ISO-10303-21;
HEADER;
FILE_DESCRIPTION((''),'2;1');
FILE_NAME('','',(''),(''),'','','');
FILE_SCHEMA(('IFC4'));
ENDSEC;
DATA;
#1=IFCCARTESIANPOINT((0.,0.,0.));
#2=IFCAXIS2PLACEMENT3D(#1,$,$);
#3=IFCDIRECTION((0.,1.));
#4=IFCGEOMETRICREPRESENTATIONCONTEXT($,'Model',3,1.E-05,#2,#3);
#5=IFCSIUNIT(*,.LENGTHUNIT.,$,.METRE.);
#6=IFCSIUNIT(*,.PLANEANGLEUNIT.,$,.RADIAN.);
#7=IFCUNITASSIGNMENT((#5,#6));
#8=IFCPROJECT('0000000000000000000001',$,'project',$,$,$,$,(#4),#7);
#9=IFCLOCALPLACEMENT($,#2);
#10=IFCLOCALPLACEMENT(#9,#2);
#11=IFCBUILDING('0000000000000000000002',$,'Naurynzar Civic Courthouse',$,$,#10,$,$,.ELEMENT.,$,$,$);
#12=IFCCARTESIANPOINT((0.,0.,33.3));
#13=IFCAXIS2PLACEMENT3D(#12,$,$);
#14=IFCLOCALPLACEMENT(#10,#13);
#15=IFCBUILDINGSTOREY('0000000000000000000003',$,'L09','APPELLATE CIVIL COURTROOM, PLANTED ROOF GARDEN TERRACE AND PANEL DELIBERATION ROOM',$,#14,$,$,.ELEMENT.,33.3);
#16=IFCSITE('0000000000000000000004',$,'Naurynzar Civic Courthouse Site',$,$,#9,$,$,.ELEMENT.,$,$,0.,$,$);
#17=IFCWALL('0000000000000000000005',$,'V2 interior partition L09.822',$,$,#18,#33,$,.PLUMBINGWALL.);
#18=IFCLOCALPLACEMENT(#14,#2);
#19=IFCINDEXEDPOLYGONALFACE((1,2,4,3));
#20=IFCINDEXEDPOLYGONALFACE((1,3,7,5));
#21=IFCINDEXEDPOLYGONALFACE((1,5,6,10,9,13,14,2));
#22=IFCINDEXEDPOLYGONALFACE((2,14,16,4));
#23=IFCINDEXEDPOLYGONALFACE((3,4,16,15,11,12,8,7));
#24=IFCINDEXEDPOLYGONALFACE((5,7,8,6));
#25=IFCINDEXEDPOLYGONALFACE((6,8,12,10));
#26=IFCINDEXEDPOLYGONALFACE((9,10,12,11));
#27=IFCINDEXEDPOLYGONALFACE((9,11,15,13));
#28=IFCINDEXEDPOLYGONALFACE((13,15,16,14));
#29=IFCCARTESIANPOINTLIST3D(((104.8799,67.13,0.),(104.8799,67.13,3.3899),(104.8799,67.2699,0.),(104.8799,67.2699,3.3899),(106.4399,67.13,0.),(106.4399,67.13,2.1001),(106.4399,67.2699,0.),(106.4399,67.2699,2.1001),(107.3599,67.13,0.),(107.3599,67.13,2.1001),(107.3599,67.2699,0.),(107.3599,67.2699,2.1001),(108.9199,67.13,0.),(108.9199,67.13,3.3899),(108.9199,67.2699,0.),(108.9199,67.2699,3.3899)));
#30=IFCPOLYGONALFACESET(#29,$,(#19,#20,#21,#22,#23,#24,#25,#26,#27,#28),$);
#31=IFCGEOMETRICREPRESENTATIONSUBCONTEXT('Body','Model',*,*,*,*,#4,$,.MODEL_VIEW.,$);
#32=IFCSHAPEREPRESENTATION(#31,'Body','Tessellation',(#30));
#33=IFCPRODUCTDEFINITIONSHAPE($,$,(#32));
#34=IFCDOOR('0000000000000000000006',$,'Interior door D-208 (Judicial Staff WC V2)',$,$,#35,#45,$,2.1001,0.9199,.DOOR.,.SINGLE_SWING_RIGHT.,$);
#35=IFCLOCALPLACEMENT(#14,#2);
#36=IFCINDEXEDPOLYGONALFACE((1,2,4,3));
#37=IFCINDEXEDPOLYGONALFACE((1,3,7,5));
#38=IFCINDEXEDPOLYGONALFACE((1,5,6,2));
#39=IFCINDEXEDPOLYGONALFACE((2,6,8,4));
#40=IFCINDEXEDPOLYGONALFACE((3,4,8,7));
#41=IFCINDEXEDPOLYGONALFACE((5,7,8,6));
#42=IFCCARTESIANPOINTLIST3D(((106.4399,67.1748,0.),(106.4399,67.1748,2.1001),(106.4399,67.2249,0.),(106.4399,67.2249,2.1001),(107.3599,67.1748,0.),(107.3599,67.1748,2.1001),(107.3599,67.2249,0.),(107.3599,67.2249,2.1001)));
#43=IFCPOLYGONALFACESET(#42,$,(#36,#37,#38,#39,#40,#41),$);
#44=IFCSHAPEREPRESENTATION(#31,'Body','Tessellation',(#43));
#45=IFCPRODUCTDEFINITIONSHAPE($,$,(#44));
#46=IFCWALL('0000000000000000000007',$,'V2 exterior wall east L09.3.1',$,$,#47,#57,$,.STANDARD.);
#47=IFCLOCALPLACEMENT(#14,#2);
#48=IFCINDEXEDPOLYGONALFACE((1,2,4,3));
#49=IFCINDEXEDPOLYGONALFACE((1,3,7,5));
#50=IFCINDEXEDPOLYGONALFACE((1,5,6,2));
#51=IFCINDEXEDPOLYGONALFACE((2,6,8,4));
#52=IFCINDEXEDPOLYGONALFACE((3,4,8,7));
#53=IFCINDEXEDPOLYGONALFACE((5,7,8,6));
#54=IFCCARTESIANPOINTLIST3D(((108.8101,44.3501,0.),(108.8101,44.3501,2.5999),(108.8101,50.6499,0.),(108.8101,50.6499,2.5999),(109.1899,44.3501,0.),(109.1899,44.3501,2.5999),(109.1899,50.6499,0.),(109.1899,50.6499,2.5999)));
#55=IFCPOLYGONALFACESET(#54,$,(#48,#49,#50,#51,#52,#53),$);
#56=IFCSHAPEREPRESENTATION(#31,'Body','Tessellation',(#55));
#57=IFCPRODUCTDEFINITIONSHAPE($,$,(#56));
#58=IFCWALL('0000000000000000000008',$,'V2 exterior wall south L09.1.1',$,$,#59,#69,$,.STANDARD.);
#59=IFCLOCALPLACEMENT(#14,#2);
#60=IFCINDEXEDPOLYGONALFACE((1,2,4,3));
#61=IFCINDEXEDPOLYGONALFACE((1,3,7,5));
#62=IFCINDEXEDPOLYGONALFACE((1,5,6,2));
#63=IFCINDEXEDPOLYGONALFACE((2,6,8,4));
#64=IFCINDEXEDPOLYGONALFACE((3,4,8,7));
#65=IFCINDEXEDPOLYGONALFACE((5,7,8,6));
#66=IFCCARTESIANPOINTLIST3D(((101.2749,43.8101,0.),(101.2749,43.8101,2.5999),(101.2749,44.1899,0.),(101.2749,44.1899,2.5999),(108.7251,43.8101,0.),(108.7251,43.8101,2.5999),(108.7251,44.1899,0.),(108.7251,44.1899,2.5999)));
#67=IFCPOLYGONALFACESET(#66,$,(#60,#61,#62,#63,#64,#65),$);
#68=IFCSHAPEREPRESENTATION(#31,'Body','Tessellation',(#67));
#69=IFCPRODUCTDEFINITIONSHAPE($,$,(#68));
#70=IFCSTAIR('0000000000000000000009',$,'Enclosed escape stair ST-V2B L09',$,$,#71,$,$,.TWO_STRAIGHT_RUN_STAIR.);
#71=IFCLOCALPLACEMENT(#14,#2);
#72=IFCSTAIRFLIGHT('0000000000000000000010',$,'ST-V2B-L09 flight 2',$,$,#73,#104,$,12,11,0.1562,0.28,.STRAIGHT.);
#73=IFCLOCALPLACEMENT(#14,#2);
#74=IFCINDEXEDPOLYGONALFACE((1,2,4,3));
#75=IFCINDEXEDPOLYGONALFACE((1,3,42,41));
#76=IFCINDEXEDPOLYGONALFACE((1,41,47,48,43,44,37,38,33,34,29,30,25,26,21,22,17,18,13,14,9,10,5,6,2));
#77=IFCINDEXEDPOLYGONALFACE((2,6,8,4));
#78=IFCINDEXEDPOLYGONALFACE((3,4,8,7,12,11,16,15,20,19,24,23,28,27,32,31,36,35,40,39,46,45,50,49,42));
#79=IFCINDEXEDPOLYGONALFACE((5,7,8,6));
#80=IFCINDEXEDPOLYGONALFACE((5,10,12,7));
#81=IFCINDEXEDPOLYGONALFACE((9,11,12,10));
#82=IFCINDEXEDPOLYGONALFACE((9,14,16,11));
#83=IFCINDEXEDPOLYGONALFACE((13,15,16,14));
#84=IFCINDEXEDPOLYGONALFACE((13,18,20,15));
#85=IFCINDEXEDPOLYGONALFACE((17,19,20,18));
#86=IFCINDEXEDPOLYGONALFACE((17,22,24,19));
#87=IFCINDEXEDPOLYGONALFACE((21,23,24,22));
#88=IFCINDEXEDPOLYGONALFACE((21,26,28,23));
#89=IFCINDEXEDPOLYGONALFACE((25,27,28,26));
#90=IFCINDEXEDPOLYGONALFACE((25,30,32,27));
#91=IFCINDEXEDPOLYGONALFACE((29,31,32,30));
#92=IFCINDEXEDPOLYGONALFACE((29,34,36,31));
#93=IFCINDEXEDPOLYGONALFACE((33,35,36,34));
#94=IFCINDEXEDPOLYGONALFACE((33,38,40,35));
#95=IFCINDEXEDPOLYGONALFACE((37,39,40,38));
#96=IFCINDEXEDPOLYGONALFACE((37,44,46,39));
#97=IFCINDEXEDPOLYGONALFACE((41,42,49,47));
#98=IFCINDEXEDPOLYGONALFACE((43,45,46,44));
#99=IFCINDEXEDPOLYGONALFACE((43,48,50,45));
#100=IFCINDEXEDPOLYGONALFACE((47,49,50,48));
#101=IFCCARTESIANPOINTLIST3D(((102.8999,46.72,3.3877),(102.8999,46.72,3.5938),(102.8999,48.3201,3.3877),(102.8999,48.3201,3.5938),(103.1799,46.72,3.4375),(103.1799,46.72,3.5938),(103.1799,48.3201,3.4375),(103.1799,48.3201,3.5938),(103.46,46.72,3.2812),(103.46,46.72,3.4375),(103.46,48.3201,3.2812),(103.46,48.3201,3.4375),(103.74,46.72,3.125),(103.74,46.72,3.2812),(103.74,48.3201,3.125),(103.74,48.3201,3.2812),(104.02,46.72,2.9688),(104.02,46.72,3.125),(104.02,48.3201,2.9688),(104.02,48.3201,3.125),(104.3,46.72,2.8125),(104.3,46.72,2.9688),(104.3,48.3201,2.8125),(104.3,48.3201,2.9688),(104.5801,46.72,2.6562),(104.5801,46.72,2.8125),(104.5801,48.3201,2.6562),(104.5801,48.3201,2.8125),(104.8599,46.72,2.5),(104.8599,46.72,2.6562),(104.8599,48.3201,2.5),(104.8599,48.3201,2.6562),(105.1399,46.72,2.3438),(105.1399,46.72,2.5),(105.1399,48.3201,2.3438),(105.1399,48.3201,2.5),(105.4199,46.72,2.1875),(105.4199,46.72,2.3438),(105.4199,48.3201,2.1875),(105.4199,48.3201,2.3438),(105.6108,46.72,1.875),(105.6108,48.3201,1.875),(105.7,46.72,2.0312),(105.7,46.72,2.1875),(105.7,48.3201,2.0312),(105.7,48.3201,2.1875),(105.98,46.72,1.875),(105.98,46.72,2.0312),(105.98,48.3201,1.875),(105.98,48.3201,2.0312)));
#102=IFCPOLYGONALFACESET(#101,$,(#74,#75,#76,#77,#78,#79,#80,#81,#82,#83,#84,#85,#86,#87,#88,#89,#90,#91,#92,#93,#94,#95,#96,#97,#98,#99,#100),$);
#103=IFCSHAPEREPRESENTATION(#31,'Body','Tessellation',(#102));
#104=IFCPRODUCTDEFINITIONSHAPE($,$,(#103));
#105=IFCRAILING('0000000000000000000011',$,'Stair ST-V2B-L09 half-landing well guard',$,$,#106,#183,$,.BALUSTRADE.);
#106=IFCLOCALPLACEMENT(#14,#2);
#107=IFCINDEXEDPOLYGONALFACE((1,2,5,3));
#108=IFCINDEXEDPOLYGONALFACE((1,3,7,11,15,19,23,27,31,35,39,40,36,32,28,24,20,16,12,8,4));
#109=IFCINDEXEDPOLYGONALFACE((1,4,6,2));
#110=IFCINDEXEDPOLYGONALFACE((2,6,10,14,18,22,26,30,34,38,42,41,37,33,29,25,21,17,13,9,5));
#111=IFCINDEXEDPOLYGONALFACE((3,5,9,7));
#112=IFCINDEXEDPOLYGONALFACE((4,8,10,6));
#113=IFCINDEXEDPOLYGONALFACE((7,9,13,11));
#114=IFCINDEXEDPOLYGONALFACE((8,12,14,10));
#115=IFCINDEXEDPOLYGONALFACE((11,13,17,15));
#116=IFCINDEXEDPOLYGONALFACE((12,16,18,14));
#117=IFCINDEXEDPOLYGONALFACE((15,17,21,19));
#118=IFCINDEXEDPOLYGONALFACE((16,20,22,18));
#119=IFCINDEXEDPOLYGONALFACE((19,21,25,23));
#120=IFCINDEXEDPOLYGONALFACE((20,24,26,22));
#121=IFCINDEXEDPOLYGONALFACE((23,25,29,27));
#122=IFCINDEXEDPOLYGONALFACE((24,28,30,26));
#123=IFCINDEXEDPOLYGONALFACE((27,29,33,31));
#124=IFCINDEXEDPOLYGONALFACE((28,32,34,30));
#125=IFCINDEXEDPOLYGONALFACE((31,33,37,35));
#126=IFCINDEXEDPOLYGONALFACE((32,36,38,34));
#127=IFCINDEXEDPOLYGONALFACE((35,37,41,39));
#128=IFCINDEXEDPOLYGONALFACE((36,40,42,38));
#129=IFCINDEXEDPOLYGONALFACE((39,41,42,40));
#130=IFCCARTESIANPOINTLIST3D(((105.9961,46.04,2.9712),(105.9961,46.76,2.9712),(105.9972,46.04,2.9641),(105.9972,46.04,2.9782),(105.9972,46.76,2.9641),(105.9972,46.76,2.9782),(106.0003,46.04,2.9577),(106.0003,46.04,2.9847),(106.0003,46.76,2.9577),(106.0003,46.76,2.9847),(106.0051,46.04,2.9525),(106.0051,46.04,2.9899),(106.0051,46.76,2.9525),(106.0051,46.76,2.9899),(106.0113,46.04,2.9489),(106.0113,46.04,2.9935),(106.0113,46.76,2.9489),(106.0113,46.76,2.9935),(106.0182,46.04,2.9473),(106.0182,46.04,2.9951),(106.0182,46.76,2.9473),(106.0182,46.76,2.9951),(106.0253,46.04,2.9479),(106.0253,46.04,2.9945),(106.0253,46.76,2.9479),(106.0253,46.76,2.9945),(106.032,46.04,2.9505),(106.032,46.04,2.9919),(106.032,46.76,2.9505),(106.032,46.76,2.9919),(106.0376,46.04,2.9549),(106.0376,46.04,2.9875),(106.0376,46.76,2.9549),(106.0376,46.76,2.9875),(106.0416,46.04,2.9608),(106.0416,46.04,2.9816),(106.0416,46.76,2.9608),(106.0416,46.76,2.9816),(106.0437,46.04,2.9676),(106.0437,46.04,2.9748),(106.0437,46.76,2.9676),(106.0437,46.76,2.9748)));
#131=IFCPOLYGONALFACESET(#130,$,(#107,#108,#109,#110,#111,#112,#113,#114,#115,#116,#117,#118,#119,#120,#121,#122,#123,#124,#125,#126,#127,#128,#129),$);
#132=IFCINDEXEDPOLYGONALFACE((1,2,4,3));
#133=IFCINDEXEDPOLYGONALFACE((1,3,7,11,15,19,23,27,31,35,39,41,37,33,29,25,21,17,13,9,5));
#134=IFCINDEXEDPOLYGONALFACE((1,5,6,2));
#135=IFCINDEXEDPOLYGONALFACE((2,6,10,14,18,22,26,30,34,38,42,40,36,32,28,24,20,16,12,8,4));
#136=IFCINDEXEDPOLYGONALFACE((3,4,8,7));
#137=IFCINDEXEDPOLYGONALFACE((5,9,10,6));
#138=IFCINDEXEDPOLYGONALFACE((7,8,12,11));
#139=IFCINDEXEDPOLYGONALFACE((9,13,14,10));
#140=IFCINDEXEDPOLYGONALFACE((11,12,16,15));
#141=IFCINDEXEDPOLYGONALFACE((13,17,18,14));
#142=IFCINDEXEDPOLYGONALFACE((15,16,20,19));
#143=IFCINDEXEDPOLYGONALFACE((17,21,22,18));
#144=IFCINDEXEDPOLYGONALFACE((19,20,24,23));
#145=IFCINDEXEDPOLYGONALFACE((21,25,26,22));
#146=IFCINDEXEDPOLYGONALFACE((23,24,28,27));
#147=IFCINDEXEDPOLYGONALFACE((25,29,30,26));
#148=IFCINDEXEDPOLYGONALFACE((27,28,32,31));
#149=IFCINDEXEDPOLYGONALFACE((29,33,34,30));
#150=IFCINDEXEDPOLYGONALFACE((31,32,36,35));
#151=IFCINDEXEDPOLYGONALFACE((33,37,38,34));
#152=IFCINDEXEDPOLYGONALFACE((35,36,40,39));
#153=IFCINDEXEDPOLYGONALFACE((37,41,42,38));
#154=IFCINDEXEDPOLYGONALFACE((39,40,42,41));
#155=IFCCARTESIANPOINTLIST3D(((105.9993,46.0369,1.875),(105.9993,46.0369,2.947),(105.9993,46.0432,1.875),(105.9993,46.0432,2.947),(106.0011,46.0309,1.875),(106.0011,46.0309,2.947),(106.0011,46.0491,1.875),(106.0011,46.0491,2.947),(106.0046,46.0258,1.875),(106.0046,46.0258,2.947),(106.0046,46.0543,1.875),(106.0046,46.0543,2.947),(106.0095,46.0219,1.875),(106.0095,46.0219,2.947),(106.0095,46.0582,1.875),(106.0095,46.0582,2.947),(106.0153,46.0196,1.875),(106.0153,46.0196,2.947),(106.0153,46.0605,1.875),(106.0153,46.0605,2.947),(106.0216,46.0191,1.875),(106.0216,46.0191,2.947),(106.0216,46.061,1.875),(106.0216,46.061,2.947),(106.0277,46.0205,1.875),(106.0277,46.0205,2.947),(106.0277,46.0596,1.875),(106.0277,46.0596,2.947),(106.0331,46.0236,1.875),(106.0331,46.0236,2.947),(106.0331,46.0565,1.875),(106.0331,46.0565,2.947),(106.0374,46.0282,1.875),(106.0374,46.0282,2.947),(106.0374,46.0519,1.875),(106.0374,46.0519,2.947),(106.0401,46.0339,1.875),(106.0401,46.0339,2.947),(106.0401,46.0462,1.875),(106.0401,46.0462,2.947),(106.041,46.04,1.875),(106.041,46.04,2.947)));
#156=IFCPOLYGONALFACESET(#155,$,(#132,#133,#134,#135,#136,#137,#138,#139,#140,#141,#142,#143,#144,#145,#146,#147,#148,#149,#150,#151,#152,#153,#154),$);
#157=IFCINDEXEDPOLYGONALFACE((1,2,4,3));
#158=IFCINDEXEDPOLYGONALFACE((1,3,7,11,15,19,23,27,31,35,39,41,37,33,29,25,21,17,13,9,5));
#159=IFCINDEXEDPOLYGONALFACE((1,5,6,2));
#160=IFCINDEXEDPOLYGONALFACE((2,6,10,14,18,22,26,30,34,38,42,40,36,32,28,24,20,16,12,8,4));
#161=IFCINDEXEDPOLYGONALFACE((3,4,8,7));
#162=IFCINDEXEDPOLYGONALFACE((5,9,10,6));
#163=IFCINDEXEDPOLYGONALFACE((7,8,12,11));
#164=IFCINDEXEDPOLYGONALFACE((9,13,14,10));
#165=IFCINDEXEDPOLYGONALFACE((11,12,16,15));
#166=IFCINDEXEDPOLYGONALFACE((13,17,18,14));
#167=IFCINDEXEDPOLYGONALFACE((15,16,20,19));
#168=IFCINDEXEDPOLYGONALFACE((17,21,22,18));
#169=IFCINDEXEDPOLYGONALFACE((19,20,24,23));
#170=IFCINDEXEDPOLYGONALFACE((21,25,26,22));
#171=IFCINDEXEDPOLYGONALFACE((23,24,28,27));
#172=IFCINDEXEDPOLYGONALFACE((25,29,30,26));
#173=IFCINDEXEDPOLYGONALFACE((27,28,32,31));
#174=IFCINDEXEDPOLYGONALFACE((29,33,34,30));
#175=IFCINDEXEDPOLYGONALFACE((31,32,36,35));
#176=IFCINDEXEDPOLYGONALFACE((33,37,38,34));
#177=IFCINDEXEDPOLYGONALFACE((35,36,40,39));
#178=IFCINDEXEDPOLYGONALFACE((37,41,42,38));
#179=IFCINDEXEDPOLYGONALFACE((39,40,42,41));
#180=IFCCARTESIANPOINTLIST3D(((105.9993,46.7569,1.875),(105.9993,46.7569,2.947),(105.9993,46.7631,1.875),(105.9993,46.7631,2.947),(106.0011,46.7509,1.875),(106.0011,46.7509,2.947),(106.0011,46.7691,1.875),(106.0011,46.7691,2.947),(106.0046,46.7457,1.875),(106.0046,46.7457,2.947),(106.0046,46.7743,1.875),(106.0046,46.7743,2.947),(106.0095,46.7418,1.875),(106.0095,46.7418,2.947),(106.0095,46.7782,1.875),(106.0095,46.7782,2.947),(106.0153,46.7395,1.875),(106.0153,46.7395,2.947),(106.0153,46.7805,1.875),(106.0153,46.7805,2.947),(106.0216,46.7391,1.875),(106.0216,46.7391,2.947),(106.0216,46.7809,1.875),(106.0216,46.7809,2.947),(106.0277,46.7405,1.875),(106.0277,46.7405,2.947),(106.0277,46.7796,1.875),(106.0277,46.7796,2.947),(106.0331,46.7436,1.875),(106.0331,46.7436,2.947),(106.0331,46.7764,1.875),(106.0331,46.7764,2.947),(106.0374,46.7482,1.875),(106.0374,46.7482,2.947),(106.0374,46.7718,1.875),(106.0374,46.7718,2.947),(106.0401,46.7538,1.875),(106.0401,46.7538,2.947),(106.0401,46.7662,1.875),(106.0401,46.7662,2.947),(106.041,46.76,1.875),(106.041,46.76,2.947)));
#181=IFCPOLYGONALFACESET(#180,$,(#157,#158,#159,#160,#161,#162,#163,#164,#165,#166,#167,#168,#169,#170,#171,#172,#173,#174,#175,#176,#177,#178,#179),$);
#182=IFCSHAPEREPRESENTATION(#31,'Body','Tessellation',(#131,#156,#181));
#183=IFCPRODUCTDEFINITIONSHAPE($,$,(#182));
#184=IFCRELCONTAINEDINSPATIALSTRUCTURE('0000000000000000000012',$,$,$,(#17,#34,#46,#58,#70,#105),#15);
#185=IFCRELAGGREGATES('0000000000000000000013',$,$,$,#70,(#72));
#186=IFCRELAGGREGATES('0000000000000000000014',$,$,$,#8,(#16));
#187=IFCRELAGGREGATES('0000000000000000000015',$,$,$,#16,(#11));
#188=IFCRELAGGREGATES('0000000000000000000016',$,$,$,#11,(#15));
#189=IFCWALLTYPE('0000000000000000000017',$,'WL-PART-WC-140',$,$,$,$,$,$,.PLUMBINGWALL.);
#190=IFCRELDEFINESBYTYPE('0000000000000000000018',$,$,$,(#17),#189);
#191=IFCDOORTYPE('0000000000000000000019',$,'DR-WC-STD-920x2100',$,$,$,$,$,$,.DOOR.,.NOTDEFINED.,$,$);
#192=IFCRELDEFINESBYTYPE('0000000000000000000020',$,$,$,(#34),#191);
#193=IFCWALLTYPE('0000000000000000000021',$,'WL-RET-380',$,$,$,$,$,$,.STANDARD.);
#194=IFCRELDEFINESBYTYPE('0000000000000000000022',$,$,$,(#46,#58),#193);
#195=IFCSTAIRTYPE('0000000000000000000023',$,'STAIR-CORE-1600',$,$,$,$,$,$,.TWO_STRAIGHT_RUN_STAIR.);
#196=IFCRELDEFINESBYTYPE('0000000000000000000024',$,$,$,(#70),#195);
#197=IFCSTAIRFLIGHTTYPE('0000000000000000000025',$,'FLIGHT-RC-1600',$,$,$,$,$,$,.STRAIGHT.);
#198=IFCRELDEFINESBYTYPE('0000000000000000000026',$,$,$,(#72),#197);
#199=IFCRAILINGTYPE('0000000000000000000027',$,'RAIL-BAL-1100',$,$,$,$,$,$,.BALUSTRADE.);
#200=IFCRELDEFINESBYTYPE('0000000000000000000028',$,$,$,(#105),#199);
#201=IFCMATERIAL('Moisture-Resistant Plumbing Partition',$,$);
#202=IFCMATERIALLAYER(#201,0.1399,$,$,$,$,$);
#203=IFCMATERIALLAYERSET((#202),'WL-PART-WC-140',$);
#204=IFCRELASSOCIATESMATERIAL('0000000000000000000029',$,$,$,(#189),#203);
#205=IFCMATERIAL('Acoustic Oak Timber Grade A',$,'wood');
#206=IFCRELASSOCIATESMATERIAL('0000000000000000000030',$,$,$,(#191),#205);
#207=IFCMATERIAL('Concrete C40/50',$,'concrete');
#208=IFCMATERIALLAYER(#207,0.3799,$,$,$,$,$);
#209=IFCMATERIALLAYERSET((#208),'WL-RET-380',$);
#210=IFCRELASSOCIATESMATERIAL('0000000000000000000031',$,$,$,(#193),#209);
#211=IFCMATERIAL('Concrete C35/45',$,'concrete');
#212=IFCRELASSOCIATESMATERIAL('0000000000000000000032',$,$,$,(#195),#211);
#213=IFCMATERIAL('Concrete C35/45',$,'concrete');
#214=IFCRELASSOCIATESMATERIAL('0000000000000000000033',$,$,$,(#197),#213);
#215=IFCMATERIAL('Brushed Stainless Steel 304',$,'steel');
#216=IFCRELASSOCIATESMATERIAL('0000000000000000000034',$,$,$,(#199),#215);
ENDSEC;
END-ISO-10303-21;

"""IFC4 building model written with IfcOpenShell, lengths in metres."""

from ifc_helpers import new_model, si_unit, direction, frame, frame_2d, origin, origin_2d, place, context, subcontext, project, spatial, polyline, rectangle, circle, outline, extrude, material, layer, layer_set, type_object, element, fill, aggregate, save


model = new_model("IFC4")

# Units and contexts
model_context = context("Model", 3, precision=1e-05, world=origin(), true_north=direction((0.0, 1.0)))
body_context = subcontext(model_context, "Body", "Model", "MODEL_VIEW")
ifc_project = project(units=[si_unit("LENGTHUNIT", "METRE"), si_unit("PLANEANGLEUNIT", "RADIAN")], contexts=[model_context])

# Site, building, storey
site_placement = place(None, origin())
site = spatial("IfcSite", under=ifc_project, at=site_placement, Name="Naurynzar Civic Courthouse Site", CompositionType="ELEMENT", RefElevation=0.0)
building_placement = place(site_placement, origin())
building = spatial("IfcBuilding", under=site, at=building_placement, Name="Naurynzar Civic Courthouse", CompositionType="ELEMENT")
storey_placement = place(building_placement, frame((0.0, 0.0, 33.3)))
storey = spatial("IfcBuildingStorey", under=building, at=storey_placement, Name="L09", Description="APPELLATE CIVIL COURTROOM, PLANTED ROOF GARDEN TERRACE AND PANEL DELIBERATION ROOM", CompositionType="ELEMENT", Elevation=33.3)

# Wall, opening, door
ifc_material_1 = material(Name="Moisture-Resistant Plumbing Partition")
ifc_layer_1 = layer(ifc_material_1, 0.1399)
ifc_layer_set_1 = layer_set([ifc_layer_1], Name="WL-PART-WC-140")
wall_type_1 = type_object("IfcWallType", Name="WL-PART-WC-140", PredefinedType="PLUMBINGWALL", material=ifc_layer_set_1)
wall_1_placement = place(storey_placement, frame((104.8799, 67.2, 0.0), z_axis=(0.0, 0.0, 1.0), x_axis=(1.0, 0.0, 0.0)))
wall_1 = element("IfcWall", 1, at=wall_1_placement, inside=storey, type_object=wall_type_1, Name="V2 interior partition L09.822", PredefinedType="PLUMBINGWALL", context=body_context, shape_type="SweptSolid", body=[
    extrude(rectangle(XDim=4.04, YDim=0.1399, at=frame_2d((2.02, 0.0))), origin(), (0.0, 0.0, 1.0), 3.3899),
])
opening_1_placement = place(wall_1_placement, frame((1.5601, 0.0, 0.0)))
opening_1 = element("IfcOpeningElement", 2, at=opening_1_placement, cuts=wall_1, PredefinedType="OPENING", context=body_context, shape_type="SweptSolid", body=[
    extrude(rectangle(XDim=0.9199, YDim=2.1001, at=frame_2d((0.46, 1.05))), frame((0.0, 0.0798, 0.0), z_axis=(0.0, -1.0, 0.0), x_axis=(1.0, 0.0, 0.0)), (0.0, 0.0, 1.0), 0.1599),
])
ifc_material_2 = material(Name="Acoustic Oak Timber Grade A", Category="wood")
door_type_1 = type_object("IfcDoorType", Name="DR-WC-STD-920x2100", OperationType="NOTDEFINED", PredefinedType="DOOR", material=ifc_material_2)
door_1_placement = place(opening_1_placement, origin())
door_1 = element("IfcDoor", 3, at=door_1_placement, inside=storey, type_object=door_type_1, Name="Interior door D-208 (Judicial Staff WC V2)", OperationType="SINGLE_SWING_RIGHT", OverallHeight=2.1001, OverallWidth=0.9199, PredefinedType="DOOR", context=body_context, shape_type="SweptSolid", body=[
    extrude(rectangle(XDim=0.9199, YDim=2.1001, at=frame_2d((0.46, 1.05))), frame((0.0, 0.0249, 0.0), z_axis=(0.0, -1.0, 0.0), x_axis=(1.0, 0.0, 0.0)), (0.0, 0.0, 1.0), 0.05),
])
fill(opening_1, door_1)

# Walls
ifc_material_3 = material(Name="Concrete C40/50", Category="concrete")
ifc_layer_2 = layer(ifc_material_3, 0.3799)
ifc_layer_set_2 = layer_set([ifc_layer_2], Name="WL-RET-380")
wall_type_2 = type_object("IfcWallType", Name="WL-RET-380", PredefinedType="STANDARD", material=ifc_layer_set_2)
wall_2_placement = place(storey_placement, frame((109.0, 50.6499, 0.0), z_axis=(0.0, 0.0, 1.0), x_axis=(0.0, -1.0, 0.0)))
element("IfcWall", 4, at=wall_2_placement, inside=storey, type_object=wall_type_2, Name="V2 exterior wall east L09.3.1", PredefinedType="STANDARD", context=body_context, shape_type="SweptSolid", body=[
    extrude(rectangle(XDim=6.2998, YDim=0.3799, at=frame_2d((3.1499, 0.0))), origin(), (0.0, 0.0, 1.0), 2.5999),
])
wall_3_placement = place(storey_placement, frame((108.7251, 44.0, 0.0), z_axis=(0.0, 0.0, 1.0), x_axis=(-1.0, 0.0, 0.0)))
element("IfcWall", 5, at=wall_3_placement, inside=storey, type_object=wall_type_2, Name="V2 exterior wall south L09.1.1", PredefinedType="STANDARD", context=body_context, shape_type="SweptSolid", body=[
    extrude(rectangle(XDim=7.4502, YDim=0.3799, at=frame_2d((3.7251, 0.0))), origin(), (0.0, 0.0, 1.0), 2.5999),
])

# Stair, stair flight
ifc_material_4 = material(Name="Concrete C35/45", Category="concrete")
stair_type = type_object("IfcStairType", Name="STAIR-CORE-1600", PredefinedType="TWO_STRAIGHT_RUN_STAIR", material=ifc_material_4)
stair_placement = place(storey_placement, origin())
stair = element("IfcStair", 6, at=stair_placement, inside=storey, type_object=stair_type, Name="Enclosed escape stair ST-V2B L09", PredefinedType="TWO_STRAIGHT_RUN_STAIR")
ifc_material_5 = material(Name="Concrete C35/45", Category="concrete")
stair_flight_type = type_object("IfcStairFlightType", Name="FLIGHT-RC-1600", PredefinedType="STRAIGHT", material=ifc_material_5)
stair_flight_placement = place(storey_placement, frame((105.98, 47.52, 1.875), z_axis=(0.0, 0.0, 1.0), x_axis=(-1.0, 0.0, 0.0)))
stair_flight = element("IfcStairFlight", 7, at=stair_flight_placement, type_object=stair_flight_type, Name="ST-V2B-L09 flight 2", NumberOfRisers=12, NumberOfTreads=11, PredefinedType="STRAIGHT", RiserHeight=0.1562, TreadLength=0.28, context=body_context, shape_type="SweptSolid", body=[
    extrude(outline(polyline([(0.0, 0.0), (0.0, 0.1562), (0.28, 0.1562), (0.28, 0.3125), (0.5601, 0.3125), (0.5601, 0.4688), (0.8401, 0.4688), (0.8401, 0.625), (1.1201, 0.625), (1.1201, 0.7812), (1.3999, 0.7812), (1.3999, 0.9375), (1.6799, 0.9375), (1.6799, 1.0938), (1.96, 1.0938), (1.96, 1.25), (2.24, 1.25), (2.24, 1.4062), (2.52, 1.4062), (2.52, 1.5625), (2.8, 1.5625), (2.8, 1.7188), (3.0801, 1.7188), (3.0801, 1.875), (3.0801, 1.5127), (0.3691, 0.0), (0.0, 0.0)])), frame((0.0, 0.8, 0.0), z_axis=(0.0, -1.0, 0.0), x_axis=(1.0, 0.0, 0.0)), (0.0, 0.0, 1.0), 1.6001),
])
aggregate(stair, [stair_flight])

# Railing
ifc_material_6 = material(Name="Brushed Stainless Steel 304", Category="steel")
railing_type_1 = type_object("IfcRailingType", Name="RAIL-BAL-1100", PredefinedType="BALUSTRADE", material=ifc_material_6)
railing_1_placement = place(storey_placement, frame((106.02, 46.04, 1.875)))
element("IfcRailing", 8, at=railing_1_placement, inside=storey, type_object=railing_type_1, Name="Stair ST-V2B-L09 half-landing well guard", PredefinedType="BALUSTRADE", context=body_context, shape_type="SweptSolid", body=[
    extrude(circle(Radius=0.0239, at=origin_2d()), frame((0.0, 0.0, 1.0962), z_axis=(0.0, 1.0, 0.0), x_axis=(-1.0, 0.0, 0.0)), (0.0, 0.0, 1.0), 0.72),
    extrude(circle(Radius=0.021, at=origin_2d()), origin(), (0.0, 0.0, 1.0), 1.072),
    extrude(circle(Radius=0.021, at=origin_2d()), frame((0.0, 0.72, 0.0)), (0.0, 0.0, 1.0), 1.072),
])

save(model, "model.ifc")
